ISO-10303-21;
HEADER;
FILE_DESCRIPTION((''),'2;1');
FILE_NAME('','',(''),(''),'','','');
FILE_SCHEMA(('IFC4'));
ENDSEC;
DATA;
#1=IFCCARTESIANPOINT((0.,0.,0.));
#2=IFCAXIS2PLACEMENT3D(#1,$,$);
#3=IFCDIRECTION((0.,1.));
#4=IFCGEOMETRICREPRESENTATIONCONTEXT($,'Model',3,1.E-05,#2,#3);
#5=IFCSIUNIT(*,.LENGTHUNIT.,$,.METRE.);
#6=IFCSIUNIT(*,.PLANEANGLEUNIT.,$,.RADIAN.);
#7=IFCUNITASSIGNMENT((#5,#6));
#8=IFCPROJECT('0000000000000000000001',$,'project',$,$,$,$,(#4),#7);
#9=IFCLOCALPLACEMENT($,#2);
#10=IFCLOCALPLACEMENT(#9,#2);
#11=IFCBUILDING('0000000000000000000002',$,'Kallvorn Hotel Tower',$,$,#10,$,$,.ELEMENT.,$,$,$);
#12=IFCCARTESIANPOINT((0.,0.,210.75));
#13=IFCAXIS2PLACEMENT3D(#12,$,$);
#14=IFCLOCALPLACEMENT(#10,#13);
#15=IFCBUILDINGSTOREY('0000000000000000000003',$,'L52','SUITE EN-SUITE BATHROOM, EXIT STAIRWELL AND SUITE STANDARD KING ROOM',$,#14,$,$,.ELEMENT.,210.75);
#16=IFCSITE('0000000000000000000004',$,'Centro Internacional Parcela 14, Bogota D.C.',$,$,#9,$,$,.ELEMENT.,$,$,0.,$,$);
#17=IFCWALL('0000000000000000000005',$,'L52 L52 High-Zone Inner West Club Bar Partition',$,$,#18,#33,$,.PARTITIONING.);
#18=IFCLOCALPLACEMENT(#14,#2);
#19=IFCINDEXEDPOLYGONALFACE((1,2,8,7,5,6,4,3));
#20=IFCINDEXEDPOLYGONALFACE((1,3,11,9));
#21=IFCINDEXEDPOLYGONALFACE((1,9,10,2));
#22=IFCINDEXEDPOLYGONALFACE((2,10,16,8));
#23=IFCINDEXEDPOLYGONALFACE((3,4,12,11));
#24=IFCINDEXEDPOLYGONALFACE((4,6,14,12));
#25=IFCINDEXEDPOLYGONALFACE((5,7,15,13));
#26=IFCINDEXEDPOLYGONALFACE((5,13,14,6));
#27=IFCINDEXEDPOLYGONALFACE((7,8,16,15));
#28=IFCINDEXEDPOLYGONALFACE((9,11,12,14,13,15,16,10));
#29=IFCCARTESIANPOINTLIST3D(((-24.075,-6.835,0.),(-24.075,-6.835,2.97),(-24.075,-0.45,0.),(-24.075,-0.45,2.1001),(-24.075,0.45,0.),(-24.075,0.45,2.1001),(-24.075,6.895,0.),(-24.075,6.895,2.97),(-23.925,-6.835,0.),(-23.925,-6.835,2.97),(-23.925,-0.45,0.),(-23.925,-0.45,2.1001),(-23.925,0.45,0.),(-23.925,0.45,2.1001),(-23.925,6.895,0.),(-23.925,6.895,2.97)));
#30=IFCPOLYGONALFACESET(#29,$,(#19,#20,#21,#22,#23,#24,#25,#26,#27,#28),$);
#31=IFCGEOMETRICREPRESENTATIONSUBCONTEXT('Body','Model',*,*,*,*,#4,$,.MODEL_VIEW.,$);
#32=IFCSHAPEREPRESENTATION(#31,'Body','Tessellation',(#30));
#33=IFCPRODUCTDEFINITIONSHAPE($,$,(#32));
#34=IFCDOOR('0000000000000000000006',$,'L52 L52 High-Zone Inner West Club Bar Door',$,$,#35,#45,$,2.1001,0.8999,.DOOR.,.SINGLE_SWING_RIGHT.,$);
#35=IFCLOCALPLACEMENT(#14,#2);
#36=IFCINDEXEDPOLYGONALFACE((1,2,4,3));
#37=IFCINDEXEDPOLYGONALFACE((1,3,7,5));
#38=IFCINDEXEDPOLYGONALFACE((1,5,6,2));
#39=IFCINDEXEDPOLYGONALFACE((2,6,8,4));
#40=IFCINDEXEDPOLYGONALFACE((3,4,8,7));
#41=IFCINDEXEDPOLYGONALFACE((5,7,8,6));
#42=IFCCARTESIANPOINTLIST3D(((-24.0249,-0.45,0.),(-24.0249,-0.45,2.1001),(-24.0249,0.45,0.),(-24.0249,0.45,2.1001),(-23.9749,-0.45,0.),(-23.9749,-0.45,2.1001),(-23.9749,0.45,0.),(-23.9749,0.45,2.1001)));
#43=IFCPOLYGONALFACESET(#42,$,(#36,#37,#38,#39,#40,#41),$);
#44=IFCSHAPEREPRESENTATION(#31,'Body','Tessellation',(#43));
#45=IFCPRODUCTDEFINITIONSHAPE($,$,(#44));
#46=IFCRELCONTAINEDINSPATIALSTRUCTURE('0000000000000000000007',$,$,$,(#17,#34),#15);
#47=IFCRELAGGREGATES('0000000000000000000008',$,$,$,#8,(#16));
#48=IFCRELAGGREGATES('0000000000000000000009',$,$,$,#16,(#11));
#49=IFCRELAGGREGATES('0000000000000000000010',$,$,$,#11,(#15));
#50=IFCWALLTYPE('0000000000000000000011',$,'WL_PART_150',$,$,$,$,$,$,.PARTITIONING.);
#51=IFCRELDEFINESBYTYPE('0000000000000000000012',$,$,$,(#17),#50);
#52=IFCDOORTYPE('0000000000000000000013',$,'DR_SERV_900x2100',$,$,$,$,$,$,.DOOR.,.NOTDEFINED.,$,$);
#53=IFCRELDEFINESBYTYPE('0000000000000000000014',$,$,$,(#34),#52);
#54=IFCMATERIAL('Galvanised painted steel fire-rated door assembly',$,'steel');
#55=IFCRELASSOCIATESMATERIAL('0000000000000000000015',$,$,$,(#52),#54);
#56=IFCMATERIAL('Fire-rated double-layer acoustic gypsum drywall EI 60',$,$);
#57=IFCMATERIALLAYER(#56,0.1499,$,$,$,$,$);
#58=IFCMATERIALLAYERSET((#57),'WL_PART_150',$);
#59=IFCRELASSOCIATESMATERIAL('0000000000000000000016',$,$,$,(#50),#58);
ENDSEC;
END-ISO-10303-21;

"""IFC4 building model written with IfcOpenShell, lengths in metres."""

from ifc_helpers import new_model, si_unit, direction, frame, frame_2d, origin, place, context, subcontext, project, spatial, rectangle, extrude, material, layer, layer_set, type_object, element, fill, save


model = new_model("IFC4")

# Units and contexts
model_context = context("Model", 3, precision=1e-05, world=origin(), true_north=direction((0.0, 1.0)))
body_context = subcontext(model_context, "Body", "Model", "MODEL_VIEW")
ifc_project = project(units=[si_unit("LENGTHUNIT", "METRE"), si_unit("PLANEANGLEUNIT", "RADIAN")], contexts=[model_context])

# Site, building, storey
site_placement = place(None, origin())
site = spatial("IfcSite", under=ifc_project, at=site_placement, Name="Centro Internacional Parcela 14, Bogota D.C.", CompositionType="ELEMENT", RefElevation=0.0)
building_placement = place(site_placement, origin())
building = spatial("IfcBuilding", under=site, at=building_placement, Name="Kallvorn Hotel Tower", CompositionType="ELEMENT")
storey_placement = place(building_placement, frame((0.0, 0.0, 210.75)))
storey = spatial("IfcBuildingStorey", under=building, at=storey_placement, Name="L52", Description="SUITE EN-SUITE BATHROOM, EXIT STAIRWELL AND SUITE STANDARD KING ROOM", CompositionType="ELEMENT", Elevation=210.75)

# Shared definitions
ifc_material_1 = material(Name="Galvanised painted steel fire-rated door assembly", Category="steel")
door_type_1 = type_object("IfcDoorType", Name="DR_SERV_900x2100", OperationType="NOTDEFINED", PredefinedType="DOOR", material=ifc_material_1)

# Shared definitions
ifc_material_2 = material(Name="Fire-rated double-layer acoustic gypsum drywall EI 60")
ifc_layer_1 = layer(ifc_material_2, 0.1499)
ifc_layer_set_1 = layer_set([ifc_layer_1], Name="WL_PART_150")
wall_type_1 = type_object("IfcWallType", Name="WL_PART_150", PredefinedType="PARTITIONING", material=ifc_layer_set_1)

# Wall, opening, door
wall_1_placement = place(storey_placement, frame((-24.0, -6.835, 0.0), z_axis=(0.0, 0.0, 1.0), x_axis=(0.0, 1.0, 0.0)))
wall_1 = element("IfcWall", 1, at=wall_1_placement, inside=storey, type_object=wall_type_1, Name="L52 L52 High-Zone Inner West Club Bar Partition", PredefinedType="PARTITIONING", context=body_context, shape_type="SweptSolid", body=[
    extrude(rectangle(XDim=13.73, YDim=0.1499, at=frame_2d((6.865, 0.0))), origin(), (0.0, 0.0, 1.0), 2.97),
])
opening_1_placement = place(wall_1_placement, frame((6.385, 0.0, 0.0)))
opening_1 = element("IfcOpeningElement", 2, at=opening_1_placement, cuts=wall_1, PredefinedType="OPENING", context=body_context, shape_type="SweptSolid", body=[
    extrude(rectangle(XDim=0.8999, YDim=2.1001, at=frame_2d((0.45, 1.05))), frame((0.0, 0.0898, 0.0), z_axis=(0.0, -1.0, 0.0), x_axis=(1.0, 0.0, 0.0)), (0.0, 0.0, 1.0), 0.1799),
])
door_1_placement = place(opening_1_placement, origin())
door_1 = element("IfcDoor", 3, at=door_1_placement, inside=storey, type_object=door_type_1, Name="L52 L52 High-Zone Inner West Club Bar Door", OperationType="SINGLE_SWING_RIGHT", OverallHeight=2.1001, OverallWidth=0.8999, PredefinedType="DOOR", context=body_context, shape_type="SweptSolid", body=[
    extrude(rectangle(XDim=0.8999, YDim=2.1001, at=frame_2d((0.45, 1.05))), frame((0.0, 0.0249, 0.0), z_axis=(0.0, -1.0, 0.0), x_axis=(1.0, 0.0, 0.0)), (0.0, 0.0, 1.0), 0.05),
])
fill(opening_1, door_1)

save(model, "model.ifc")
